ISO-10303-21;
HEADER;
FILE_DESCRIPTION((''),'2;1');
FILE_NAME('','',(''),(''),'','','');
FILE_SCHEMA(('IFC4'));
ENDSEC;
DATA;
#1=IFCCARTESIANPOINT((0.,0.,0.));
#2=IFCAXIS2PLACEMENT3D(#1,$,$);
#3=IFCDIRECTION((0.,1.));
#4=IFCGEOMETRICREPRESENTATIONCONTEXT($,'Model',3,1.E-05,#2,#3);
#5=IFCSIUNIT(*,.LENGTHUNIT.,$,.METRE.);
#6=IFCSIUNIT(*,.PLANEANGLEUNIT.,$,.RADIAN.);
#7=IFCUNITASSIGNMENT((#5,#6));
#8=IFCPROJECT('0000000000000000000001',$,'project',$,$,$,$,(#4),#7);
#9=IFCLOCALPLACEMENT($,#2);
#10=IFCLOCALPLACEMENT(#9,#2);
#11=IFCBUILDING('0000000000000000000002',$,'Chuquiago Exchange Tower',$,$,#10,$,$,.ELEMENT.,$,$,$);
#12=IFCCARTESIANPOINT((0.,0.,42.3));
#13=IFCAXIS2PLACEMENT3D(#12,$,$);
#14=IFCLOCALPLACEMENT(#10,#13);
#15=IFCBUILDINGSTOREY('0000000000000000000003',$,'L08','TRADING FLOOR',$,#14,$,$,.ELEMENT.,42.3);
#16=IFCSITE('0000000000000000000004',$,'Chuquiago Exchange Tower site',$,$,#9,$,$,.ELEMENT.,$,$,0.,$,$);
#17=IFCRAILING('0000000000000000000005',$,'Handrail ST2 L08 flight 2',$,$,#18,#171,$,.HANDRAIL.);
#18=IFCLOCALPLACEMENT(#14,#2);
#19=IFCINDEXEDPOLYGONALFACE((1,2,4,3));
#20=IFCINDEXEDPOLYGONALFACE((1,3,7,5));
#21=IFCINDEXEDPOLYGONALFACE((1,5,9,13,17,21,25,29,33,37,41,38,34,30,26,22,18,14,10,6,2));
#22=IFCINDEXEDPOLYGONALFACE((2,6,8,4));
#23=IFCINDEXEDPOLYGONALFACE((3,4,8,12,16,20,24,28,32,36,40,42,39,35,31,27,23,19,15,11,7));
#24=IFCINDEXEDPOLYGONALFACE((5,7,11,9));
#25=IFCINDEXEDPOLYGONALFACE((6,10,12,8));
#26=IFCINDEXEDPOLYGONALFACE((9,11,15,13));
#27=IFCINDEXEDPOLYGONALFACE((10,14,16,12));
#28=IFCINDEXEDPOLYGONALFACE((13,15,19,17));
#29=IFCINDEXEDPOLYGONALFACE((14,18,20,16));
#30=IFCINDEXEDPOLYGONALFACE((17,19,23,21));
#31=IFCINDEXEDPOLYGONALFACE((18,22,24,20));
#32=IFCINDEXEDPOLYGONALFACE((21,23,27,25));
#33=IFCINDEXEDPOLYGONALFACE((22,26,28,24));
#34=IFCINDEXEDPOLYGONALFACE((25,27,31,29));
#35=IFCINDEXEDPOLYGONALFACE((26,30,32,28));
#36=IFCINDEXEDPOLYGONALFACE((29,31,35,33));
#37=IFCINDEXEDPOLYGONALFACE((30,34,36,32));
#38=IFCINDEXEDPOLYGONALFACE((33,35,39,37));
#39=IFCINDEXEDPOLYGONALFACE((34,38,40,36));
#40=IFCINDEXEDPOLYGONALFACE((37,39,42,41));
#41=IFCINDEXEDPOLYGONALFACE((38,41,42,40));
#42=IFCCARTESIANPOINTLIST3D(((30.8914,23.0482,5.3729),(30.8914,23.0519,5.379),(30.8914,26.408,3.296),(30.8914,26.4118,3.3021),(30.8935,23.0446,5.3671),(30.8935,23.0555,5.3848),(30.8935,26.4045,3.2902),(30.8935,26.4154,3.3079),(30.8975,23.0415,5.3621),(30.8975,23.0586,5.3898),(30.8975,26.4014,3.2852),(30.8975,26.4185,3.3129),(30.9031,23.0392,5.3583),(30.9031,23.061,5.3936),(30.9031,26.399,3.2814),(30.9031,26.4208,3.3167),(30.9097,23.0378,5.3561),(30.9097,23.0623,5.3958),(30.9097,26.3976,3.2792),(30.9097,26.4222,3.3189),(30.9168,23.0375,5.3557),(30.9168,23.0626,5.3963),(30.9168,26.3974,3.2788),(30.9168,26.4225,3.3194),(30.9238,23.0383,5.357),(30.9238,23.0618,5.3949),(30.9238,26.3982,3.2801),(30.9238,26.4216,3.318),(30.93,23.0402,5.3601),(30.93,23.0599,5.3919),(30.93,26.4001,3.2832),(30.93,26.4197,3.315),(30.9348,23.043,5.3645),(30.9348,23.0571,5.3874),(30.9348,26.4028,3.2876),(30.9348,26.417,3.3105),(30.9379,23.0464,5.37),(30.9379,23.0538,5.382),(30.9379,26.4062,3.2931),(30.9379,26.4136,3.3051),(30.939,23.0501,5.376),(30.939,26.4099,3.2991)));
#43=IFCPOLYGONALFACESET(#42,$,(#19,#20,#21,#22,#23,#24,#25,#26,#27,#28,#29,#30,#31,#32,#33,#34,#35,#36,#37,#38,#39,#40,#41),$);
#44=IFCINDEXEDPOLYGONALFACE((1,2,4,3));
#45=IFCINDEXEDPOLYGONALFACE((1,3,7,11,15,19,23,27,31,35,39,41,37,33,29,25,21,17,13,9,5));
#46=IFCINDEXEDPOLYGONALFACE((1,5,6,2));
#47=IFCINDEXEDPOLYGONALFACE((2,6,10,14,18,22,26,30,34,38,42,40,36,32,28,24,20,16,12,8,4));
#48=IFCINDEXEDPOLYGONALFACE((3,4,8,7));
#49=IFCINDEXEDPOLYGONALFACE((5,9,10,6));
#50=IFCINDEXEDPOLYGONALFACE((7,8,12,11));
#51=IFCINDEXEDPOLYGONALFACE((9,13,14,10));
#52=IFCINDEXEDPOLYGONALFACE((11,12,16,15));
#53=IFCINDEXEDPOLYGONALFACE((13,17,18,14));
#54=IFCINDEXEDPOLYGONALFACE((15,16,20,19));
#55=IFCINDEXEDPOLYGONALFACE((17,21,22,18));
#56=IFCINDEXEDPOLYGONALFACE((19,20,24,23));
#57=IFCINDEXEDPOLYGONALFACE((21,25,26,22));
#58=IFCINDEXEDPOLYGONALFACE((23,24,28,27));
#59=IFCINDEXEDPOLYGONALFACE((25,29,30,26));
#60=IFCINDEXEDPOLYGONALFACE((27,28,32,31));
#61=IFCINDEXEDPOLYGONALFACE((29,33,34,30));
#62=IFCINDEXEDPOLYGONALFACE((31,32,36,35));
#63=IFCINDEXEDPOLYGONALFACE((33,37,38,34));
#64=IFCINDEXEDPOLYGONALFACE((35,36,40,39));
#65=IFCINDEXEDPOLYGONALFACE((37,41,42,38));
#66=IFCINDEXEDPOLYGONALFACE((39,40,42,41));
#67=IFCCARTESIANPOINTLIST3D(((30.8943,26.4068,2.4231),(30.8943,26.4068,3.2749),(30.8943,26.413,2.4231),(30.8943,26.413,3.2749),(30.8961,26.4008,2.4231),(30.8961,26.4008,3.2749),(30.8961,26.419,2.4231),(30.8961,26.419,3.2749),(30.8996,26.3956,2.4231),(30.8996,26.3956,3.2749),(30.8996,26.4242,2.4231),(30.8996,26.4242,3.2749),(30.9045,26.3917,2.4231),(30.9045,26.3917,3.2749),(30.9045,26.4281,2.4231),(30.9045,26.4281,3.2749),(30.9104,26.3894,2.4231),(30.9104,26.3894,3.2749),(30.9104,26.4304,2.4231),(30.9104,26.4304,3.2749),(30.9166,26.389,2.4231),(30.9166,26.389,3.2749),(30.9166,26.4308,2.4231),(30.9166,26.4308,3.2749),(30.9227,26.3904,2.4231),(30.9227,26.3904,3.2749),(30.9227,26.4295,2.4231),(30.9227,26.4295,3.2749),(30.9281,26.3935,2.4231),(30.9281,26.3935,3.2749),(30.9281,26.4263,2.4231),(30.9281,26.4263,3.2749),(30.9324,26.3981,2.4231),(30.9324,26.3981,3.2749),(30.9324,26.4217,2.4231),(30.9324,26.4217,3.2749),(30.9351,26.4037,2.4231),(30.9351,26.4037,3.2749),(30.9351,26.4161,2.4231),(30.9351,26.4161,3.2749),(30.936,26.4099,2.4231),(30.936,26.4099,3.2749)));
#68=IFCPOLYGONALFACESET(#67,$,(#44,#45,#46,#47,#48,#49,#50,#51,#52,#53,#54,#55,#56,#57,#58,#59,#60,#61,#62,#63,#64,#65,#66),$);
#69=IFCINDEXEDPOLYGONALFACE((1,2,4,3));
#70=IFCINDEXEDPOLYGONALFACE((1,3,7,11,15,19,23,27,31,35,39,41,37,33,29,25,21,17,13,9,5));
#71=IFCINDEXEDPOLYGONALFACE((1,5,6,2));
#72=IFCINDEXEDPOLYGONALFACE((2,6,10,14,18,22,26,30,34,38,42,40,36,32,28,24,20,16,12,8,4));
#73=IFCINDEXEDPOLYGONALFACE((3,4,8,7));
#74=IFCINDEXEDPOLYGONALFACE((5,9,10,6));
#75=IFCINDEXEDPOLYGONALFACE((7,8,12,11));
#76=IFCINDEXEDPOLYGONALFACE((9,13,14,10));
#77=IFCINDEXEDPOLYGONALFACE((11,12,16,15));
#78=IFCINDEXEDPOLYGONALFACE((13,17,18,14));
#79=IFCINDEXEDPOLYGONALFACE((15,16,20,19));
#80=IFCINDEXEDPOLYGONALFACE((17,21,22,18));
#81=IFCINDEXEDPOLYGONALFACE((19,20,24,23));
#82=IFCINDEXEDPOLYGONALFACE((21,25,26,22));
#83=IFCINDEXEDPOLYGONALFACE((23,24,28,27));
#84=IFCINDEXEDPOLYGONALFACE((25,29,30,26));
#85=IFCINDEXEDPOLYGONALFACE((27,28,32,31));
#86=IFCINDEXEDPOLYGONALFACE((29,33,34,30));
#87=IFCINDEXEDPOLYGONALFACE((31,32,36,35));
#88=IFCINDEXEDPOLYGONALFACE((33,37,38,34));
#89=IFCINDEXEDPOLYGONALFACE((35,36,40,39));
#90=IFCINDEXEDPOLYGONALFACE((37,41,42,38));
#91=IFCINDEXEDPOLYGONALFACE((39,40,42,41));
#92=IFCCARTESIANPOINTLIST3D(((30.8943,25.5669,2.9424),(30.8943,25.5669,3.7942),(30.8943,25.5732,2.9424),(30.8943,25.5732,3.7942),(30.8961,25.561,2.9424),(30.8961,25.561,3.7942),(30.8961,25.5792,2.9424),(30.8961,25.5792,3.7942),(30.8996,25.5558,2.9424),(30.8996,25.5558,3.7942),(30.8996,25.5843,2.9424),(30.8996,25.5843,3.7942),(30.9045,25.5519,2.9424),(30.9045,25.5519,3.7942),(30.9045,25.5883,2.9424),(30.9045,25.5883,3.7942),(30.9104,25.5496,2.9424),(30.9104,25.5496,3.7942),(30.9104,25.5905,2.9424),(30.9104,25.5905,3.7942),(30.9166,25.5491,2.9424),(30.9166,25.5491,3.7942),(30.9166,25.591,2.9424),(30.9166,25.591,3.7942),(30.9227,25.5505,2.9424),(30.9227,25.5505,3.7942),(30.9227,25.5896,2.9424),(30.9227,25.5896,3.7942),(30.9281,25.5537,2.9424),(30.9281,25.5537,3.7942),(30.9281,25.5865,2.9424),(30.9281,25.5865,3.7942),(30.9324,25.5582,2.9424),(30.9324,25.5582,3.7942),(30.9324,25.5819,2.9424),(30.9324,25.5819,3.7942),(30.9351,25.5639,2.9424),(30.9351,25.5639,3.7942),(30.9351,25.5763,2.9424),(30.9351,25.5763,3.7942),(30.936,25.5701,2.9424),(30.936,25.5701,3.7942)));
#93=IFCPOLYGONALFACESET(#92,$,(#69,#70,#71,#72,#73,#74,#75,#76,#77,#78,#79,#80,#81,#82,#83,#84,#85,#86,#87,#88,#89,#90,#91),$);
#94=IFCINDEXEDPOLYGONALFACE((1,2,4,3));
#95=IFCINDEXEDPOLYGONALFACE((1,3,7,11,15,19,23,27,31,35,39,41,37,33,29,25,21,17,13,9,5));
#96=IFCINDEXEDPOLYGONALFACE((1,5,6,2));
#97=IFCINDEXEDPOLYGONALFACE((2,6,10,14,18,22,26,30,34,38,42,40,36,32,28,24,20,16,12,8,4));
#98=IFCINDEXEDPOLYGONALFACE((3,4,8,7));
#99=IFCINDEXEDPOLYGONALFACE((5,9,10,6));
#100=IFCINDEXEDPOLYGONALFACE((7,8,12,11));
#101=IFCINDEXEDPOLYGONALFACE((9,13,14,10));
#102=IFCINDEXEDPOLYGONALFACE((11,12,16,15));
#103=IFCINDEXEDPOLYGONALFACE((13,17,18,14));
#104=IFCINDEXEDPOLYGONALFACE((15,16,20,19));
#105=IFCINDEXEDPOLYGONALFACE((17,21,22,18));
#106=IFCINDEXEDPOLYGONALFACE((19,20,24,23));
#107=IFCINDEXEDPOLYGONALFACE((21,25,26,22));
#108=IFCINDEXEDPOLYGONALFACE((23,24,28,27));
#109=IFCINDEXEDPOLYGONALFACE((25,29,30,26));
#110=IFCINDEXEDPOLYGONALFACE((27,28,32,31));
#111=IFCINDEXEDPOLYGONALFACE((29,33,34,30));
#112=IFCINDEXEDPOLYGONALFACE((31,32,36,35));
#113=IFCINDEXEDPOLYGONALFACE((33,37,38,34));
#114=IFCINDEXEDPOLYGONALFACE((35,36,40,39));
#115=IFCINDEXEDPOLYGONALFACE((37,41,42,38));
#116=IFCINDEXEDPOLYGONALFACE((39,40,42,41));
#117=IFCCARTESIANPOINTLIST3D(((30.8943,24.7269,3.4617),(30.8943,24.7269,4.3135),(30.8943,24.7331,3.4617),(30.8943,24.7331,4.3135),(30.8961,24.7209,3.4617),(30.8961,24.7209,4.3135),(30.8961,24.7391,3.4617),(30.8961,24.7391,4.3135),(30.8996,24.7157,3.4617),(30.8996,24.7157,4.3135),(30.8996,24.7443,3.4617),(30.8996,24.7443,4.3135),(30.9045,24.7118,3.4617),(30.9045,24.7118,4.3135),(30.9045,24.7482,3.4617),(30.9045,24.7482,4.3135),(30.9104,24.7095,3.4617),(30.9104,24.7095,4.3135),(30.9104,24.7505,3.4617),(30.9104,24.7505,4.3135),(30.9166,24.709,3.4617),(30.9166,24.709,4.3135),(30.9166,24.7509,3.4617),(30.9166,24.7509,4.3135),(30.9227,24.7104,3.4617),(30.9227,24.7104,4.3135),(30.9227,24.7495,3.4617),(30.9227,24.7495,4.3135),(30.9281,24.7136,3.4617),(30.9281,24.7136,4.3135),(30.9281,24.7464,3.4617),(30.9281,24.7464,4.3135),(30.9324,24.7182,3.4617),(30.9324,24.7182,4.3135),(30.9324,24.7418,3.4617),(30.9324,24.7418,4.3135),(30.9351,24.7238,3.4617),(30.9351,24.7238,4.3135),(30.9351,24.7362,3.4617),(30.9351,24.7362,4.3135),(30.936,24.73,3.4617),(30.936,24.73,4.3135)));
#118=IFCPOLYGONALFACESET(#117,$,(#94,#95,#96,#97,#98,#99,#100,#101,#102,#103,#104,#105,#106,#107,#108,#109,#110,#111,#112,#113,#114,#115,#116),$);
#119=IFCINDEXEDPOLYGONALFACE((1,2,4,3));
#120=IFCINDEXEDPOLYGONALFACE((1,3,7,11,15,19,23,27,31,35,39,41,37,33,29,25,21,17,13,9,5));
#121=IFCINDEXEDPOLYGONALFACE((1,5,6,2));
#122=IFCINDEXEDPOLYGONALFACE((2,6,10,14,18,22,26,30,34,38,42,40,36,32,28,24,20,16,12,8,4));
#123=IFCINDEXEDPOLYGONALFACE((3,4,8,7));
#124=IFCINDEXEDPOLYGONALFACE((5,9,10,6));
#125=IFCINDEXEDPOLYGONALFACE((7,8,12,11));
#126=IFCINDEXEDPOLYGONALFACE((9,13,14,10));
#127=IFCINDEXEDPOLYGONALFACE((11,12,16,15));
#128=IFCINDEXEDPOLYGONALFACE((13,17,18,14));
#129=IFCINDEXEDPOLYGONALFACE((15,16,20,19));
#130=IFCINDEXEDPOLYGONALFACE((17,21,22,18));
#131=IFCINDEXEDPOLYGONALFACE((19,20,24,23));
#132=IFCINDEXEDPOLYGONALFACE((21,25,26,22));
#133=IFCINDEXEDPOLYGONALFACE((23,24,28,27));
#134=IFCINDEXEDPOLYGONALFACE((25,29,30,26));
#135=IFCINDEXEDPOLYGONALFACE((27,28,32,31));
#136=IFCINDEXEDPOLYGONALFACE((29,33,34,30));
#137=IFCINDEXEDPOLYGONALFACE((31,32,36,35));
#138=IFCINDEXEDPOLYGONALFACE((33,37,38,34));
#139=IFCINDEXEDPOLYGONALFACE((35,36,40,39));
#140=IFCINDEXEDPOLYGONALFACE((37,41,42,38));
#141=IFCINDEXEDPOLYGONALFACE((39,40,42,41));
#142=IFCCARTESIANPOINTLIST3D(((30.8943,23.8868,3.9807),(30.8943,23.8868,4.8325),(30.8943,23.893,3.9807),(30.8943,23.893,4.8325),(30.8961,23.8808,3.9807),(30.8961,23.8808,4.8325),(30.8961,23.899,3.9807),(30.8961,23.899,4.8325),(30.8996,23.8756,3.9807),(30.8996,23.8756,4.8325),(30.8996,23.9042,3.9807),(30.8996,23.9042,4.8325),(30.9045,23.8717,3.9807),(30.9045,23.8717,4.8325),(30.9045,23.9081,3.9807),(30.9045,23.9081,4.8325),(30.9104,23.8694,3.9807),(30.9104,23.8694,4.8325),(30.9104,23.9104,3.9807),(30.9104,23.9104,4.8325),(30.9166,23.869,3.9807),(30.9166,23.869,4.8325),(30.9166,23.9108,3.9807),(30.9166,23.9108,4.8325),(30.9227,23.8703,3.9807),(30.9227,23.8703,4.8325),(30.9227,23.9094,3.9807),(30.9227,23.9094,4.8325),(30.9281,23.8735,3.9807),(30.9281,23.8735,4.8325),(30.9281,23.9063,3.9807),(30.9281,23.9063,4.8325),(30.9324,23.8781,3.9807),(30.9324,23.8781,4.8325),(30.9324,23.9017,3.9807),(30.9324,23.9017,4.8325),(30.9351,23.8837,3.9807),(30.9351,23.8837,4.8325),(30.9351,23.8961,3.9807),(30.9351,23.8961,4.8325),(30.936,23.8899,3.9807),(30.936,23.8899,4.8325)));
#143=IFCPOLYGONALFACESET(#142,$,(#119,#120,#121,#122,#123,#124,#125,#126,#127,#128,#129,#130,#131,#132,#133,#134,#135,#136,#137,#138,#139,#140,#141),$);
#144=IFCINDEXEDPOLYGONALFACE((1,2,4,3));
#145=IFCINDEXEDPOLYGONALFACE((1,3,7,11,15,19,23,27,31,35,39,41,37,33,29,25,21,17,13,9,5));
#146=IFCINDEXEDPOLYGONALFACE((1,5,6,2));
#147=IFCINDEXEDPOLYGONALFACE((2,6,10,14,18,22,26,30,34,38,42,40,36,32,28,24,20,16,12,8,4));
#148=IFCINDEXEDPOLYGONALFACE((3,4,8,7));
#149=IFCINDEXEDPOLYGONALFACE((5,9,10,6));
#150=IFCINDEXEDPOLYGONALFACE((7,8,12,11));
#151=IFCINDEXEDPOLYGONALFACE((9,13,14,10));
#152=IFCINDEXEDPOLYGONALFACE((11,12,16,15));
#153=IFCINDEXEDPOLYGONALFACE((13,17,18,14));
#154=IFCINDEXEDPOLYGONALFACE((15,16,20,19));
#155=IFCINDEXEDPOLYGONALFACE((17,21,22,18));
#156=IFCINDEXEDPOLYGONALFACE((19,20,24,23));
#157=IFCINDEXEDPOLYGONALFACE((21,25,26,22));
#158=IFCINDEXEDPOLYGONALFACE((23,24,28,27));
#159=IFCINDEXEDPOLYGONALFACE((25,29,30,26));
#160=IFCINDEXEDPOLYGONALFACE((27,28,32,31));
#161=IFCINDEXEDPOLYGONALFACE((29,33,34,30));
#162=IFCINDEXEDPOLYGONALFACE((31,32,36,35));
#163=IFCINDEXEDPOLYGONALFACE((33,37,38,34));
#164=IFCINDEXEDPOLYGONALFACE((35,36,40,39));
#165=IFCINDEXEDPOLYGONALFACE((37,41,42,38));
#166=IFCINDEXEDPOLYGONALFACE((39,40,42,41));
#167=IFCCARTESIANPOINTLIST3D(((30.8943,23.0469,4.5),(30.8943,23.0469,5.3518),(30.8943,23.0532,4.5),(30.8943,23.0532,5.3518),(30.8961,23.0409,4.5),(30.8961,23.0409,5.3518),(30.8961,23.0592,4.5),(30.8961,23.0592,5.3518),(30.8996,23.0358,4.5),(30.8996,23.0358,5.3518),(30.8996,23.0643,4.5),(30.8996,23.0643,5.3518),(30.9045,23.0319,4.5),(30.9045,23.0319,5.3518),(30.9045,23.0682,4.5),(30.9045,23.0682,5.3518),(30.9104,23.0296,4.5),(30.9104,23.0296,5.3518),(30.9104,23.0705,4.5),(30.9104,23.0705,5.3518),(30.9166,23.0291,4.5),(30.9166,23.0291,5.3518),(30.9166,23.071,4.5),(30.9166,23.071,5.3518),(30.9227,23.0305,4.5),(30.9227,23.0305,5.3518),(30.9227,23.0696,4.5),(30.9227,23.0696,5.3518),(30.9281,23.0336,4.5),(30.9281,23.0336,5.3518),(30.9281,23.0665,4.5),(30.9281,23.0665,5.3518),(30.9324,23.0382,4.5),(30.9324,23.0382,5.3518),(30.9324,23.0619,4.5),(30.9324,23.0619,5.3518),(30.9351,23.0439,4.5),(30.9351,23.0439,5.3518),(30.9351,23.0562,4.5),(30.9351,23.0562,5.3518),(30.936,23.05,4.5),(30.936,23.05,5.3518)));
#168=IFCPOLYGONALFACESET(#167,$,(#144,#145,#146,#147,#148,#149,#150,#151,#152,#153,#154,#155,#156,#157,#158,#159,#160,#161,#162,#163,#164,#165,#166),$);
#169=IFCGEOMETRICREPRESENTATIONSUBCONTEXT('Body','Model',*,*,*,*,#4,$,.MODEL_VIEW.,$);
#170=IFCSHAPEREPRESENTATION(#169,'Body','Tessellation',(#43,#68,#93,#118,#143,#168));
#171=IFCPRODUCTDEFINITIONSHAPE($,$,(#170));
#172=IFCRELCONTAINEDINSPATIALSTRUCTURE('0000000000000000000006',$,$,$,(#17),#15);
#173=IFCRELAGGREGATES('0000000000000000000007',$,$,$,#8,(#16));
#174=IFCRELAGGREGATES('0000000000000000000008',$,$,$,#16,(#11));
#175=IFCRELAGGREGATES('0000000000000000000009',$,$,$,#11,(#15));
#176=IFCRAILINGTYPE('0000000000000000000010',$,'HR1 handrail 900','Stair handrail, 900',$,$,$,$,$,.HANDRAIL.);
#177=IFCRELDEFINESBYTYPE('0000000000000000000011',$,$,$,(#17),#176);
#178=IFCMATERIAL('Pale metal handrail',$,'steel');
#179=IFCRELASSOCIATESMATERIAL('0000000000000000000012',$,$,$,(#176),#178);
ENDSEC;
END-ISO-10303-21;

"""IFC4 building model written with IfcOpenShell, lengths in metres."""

from ifc_helpers import new_model, si_unit, direction, frame, origin, origin_2d, place, context, subcontext, project, spatial, circle, extrude, material, type_object, element, save


model = new_model("IFC4")

# Units and contexts
model_context = context("Model", 3, precision=1e-05, world=origin(), true_north=direction((0.0, 1.0)))
body_context = subcontext(model_context, "Body", "Model", "MODEL_VIEW")
ifc_project = project(units=[si_unit("LENGTHUNIT", "METRE"), si_unit("PLANEANGLEUNIT", "RADIAN")], contexts=[model_context])

# Site, building, storey
site_placement = place(None, origin())
site = spatial("IfcSite", under=ifc_project, at=site_placement, Name="Chuquiago Exchange Tower site", CompositionType="ELEMENT", RefElevation=0.0)
building_placement = place(site_placement, origin())
building = spatial("IfcBuilding", under=site, at=building_placement, Name="Chuquiago Exchange Tower", CompositionType="ELEMENT")
storey_placement = place(building_placement, frame((0.0, 0.0, 42.3)))
storey = spatial("IfcBuildingStorey", under=building, at=storey_placement, Name="L08", Description="TRADING FLOOR", CompositionType="ELEMENT", Elevation=42.3)

# Railing
ifc_material_1 = material(Name="Pale metal handrail", Category="steel")
railing_type_1 = type_object("IfcRailingType", Name="HR1 handrail 900", Description="Stair handrail, 900", PredefinedType="HANDRAIL", material=ifc_material_1)
for number, where, name in (
    (1, (30.915, 26.4099, 2.4231), "Handrail ST2 L08 flight 2"),
):
    element("IfcRailing", number, at=place(storey_placement, frame(where)), inside=storey, type_object=railing_type_1, Name=name, PredefinedType="HANDRAIL", context=body_context, shape_type="SweptSolid", body=[
        extrude(circle(Radius=0.0239, at=origin_2d()), frame((0.0, 0.0, 0.876), z_axis=(0.0, -0.850606, 0.525803), x_axis=(1.0, 0.0, 0.0)), (0.0, 0.0, 1.0), 3.95),
        extrude(circle(Radius=0.021, at=origin_2d()), origin(), (0.0, 0.0, 1.0), 0.8518),
        extrude(circle(Radius=0.021, at=origin_2d()), frame((0.0, -0.8398, 0.5193)), (0.0, 0.0, 1.0), 0.8518),
        extrude(circle(Radius=0.021, at=origin_2d()), frame((0.0, -1.6799, 1.0386)), (0.0, 0.0, 1.0), 0.8518),
        extrude(circle(Radius=0.021, at=origin_2d()), frame((0.0, -2.52, 1.5576)), (0.0, 0.0, 1.0), 0.8518),
        extrude(circle(Radius=0.021, at=origin_2d()), frame((0.0, -3.3599, 2.0769)), (0.0, 0.0, 1.0), 0.8518),
    ])

save(model, "model.ifc")
